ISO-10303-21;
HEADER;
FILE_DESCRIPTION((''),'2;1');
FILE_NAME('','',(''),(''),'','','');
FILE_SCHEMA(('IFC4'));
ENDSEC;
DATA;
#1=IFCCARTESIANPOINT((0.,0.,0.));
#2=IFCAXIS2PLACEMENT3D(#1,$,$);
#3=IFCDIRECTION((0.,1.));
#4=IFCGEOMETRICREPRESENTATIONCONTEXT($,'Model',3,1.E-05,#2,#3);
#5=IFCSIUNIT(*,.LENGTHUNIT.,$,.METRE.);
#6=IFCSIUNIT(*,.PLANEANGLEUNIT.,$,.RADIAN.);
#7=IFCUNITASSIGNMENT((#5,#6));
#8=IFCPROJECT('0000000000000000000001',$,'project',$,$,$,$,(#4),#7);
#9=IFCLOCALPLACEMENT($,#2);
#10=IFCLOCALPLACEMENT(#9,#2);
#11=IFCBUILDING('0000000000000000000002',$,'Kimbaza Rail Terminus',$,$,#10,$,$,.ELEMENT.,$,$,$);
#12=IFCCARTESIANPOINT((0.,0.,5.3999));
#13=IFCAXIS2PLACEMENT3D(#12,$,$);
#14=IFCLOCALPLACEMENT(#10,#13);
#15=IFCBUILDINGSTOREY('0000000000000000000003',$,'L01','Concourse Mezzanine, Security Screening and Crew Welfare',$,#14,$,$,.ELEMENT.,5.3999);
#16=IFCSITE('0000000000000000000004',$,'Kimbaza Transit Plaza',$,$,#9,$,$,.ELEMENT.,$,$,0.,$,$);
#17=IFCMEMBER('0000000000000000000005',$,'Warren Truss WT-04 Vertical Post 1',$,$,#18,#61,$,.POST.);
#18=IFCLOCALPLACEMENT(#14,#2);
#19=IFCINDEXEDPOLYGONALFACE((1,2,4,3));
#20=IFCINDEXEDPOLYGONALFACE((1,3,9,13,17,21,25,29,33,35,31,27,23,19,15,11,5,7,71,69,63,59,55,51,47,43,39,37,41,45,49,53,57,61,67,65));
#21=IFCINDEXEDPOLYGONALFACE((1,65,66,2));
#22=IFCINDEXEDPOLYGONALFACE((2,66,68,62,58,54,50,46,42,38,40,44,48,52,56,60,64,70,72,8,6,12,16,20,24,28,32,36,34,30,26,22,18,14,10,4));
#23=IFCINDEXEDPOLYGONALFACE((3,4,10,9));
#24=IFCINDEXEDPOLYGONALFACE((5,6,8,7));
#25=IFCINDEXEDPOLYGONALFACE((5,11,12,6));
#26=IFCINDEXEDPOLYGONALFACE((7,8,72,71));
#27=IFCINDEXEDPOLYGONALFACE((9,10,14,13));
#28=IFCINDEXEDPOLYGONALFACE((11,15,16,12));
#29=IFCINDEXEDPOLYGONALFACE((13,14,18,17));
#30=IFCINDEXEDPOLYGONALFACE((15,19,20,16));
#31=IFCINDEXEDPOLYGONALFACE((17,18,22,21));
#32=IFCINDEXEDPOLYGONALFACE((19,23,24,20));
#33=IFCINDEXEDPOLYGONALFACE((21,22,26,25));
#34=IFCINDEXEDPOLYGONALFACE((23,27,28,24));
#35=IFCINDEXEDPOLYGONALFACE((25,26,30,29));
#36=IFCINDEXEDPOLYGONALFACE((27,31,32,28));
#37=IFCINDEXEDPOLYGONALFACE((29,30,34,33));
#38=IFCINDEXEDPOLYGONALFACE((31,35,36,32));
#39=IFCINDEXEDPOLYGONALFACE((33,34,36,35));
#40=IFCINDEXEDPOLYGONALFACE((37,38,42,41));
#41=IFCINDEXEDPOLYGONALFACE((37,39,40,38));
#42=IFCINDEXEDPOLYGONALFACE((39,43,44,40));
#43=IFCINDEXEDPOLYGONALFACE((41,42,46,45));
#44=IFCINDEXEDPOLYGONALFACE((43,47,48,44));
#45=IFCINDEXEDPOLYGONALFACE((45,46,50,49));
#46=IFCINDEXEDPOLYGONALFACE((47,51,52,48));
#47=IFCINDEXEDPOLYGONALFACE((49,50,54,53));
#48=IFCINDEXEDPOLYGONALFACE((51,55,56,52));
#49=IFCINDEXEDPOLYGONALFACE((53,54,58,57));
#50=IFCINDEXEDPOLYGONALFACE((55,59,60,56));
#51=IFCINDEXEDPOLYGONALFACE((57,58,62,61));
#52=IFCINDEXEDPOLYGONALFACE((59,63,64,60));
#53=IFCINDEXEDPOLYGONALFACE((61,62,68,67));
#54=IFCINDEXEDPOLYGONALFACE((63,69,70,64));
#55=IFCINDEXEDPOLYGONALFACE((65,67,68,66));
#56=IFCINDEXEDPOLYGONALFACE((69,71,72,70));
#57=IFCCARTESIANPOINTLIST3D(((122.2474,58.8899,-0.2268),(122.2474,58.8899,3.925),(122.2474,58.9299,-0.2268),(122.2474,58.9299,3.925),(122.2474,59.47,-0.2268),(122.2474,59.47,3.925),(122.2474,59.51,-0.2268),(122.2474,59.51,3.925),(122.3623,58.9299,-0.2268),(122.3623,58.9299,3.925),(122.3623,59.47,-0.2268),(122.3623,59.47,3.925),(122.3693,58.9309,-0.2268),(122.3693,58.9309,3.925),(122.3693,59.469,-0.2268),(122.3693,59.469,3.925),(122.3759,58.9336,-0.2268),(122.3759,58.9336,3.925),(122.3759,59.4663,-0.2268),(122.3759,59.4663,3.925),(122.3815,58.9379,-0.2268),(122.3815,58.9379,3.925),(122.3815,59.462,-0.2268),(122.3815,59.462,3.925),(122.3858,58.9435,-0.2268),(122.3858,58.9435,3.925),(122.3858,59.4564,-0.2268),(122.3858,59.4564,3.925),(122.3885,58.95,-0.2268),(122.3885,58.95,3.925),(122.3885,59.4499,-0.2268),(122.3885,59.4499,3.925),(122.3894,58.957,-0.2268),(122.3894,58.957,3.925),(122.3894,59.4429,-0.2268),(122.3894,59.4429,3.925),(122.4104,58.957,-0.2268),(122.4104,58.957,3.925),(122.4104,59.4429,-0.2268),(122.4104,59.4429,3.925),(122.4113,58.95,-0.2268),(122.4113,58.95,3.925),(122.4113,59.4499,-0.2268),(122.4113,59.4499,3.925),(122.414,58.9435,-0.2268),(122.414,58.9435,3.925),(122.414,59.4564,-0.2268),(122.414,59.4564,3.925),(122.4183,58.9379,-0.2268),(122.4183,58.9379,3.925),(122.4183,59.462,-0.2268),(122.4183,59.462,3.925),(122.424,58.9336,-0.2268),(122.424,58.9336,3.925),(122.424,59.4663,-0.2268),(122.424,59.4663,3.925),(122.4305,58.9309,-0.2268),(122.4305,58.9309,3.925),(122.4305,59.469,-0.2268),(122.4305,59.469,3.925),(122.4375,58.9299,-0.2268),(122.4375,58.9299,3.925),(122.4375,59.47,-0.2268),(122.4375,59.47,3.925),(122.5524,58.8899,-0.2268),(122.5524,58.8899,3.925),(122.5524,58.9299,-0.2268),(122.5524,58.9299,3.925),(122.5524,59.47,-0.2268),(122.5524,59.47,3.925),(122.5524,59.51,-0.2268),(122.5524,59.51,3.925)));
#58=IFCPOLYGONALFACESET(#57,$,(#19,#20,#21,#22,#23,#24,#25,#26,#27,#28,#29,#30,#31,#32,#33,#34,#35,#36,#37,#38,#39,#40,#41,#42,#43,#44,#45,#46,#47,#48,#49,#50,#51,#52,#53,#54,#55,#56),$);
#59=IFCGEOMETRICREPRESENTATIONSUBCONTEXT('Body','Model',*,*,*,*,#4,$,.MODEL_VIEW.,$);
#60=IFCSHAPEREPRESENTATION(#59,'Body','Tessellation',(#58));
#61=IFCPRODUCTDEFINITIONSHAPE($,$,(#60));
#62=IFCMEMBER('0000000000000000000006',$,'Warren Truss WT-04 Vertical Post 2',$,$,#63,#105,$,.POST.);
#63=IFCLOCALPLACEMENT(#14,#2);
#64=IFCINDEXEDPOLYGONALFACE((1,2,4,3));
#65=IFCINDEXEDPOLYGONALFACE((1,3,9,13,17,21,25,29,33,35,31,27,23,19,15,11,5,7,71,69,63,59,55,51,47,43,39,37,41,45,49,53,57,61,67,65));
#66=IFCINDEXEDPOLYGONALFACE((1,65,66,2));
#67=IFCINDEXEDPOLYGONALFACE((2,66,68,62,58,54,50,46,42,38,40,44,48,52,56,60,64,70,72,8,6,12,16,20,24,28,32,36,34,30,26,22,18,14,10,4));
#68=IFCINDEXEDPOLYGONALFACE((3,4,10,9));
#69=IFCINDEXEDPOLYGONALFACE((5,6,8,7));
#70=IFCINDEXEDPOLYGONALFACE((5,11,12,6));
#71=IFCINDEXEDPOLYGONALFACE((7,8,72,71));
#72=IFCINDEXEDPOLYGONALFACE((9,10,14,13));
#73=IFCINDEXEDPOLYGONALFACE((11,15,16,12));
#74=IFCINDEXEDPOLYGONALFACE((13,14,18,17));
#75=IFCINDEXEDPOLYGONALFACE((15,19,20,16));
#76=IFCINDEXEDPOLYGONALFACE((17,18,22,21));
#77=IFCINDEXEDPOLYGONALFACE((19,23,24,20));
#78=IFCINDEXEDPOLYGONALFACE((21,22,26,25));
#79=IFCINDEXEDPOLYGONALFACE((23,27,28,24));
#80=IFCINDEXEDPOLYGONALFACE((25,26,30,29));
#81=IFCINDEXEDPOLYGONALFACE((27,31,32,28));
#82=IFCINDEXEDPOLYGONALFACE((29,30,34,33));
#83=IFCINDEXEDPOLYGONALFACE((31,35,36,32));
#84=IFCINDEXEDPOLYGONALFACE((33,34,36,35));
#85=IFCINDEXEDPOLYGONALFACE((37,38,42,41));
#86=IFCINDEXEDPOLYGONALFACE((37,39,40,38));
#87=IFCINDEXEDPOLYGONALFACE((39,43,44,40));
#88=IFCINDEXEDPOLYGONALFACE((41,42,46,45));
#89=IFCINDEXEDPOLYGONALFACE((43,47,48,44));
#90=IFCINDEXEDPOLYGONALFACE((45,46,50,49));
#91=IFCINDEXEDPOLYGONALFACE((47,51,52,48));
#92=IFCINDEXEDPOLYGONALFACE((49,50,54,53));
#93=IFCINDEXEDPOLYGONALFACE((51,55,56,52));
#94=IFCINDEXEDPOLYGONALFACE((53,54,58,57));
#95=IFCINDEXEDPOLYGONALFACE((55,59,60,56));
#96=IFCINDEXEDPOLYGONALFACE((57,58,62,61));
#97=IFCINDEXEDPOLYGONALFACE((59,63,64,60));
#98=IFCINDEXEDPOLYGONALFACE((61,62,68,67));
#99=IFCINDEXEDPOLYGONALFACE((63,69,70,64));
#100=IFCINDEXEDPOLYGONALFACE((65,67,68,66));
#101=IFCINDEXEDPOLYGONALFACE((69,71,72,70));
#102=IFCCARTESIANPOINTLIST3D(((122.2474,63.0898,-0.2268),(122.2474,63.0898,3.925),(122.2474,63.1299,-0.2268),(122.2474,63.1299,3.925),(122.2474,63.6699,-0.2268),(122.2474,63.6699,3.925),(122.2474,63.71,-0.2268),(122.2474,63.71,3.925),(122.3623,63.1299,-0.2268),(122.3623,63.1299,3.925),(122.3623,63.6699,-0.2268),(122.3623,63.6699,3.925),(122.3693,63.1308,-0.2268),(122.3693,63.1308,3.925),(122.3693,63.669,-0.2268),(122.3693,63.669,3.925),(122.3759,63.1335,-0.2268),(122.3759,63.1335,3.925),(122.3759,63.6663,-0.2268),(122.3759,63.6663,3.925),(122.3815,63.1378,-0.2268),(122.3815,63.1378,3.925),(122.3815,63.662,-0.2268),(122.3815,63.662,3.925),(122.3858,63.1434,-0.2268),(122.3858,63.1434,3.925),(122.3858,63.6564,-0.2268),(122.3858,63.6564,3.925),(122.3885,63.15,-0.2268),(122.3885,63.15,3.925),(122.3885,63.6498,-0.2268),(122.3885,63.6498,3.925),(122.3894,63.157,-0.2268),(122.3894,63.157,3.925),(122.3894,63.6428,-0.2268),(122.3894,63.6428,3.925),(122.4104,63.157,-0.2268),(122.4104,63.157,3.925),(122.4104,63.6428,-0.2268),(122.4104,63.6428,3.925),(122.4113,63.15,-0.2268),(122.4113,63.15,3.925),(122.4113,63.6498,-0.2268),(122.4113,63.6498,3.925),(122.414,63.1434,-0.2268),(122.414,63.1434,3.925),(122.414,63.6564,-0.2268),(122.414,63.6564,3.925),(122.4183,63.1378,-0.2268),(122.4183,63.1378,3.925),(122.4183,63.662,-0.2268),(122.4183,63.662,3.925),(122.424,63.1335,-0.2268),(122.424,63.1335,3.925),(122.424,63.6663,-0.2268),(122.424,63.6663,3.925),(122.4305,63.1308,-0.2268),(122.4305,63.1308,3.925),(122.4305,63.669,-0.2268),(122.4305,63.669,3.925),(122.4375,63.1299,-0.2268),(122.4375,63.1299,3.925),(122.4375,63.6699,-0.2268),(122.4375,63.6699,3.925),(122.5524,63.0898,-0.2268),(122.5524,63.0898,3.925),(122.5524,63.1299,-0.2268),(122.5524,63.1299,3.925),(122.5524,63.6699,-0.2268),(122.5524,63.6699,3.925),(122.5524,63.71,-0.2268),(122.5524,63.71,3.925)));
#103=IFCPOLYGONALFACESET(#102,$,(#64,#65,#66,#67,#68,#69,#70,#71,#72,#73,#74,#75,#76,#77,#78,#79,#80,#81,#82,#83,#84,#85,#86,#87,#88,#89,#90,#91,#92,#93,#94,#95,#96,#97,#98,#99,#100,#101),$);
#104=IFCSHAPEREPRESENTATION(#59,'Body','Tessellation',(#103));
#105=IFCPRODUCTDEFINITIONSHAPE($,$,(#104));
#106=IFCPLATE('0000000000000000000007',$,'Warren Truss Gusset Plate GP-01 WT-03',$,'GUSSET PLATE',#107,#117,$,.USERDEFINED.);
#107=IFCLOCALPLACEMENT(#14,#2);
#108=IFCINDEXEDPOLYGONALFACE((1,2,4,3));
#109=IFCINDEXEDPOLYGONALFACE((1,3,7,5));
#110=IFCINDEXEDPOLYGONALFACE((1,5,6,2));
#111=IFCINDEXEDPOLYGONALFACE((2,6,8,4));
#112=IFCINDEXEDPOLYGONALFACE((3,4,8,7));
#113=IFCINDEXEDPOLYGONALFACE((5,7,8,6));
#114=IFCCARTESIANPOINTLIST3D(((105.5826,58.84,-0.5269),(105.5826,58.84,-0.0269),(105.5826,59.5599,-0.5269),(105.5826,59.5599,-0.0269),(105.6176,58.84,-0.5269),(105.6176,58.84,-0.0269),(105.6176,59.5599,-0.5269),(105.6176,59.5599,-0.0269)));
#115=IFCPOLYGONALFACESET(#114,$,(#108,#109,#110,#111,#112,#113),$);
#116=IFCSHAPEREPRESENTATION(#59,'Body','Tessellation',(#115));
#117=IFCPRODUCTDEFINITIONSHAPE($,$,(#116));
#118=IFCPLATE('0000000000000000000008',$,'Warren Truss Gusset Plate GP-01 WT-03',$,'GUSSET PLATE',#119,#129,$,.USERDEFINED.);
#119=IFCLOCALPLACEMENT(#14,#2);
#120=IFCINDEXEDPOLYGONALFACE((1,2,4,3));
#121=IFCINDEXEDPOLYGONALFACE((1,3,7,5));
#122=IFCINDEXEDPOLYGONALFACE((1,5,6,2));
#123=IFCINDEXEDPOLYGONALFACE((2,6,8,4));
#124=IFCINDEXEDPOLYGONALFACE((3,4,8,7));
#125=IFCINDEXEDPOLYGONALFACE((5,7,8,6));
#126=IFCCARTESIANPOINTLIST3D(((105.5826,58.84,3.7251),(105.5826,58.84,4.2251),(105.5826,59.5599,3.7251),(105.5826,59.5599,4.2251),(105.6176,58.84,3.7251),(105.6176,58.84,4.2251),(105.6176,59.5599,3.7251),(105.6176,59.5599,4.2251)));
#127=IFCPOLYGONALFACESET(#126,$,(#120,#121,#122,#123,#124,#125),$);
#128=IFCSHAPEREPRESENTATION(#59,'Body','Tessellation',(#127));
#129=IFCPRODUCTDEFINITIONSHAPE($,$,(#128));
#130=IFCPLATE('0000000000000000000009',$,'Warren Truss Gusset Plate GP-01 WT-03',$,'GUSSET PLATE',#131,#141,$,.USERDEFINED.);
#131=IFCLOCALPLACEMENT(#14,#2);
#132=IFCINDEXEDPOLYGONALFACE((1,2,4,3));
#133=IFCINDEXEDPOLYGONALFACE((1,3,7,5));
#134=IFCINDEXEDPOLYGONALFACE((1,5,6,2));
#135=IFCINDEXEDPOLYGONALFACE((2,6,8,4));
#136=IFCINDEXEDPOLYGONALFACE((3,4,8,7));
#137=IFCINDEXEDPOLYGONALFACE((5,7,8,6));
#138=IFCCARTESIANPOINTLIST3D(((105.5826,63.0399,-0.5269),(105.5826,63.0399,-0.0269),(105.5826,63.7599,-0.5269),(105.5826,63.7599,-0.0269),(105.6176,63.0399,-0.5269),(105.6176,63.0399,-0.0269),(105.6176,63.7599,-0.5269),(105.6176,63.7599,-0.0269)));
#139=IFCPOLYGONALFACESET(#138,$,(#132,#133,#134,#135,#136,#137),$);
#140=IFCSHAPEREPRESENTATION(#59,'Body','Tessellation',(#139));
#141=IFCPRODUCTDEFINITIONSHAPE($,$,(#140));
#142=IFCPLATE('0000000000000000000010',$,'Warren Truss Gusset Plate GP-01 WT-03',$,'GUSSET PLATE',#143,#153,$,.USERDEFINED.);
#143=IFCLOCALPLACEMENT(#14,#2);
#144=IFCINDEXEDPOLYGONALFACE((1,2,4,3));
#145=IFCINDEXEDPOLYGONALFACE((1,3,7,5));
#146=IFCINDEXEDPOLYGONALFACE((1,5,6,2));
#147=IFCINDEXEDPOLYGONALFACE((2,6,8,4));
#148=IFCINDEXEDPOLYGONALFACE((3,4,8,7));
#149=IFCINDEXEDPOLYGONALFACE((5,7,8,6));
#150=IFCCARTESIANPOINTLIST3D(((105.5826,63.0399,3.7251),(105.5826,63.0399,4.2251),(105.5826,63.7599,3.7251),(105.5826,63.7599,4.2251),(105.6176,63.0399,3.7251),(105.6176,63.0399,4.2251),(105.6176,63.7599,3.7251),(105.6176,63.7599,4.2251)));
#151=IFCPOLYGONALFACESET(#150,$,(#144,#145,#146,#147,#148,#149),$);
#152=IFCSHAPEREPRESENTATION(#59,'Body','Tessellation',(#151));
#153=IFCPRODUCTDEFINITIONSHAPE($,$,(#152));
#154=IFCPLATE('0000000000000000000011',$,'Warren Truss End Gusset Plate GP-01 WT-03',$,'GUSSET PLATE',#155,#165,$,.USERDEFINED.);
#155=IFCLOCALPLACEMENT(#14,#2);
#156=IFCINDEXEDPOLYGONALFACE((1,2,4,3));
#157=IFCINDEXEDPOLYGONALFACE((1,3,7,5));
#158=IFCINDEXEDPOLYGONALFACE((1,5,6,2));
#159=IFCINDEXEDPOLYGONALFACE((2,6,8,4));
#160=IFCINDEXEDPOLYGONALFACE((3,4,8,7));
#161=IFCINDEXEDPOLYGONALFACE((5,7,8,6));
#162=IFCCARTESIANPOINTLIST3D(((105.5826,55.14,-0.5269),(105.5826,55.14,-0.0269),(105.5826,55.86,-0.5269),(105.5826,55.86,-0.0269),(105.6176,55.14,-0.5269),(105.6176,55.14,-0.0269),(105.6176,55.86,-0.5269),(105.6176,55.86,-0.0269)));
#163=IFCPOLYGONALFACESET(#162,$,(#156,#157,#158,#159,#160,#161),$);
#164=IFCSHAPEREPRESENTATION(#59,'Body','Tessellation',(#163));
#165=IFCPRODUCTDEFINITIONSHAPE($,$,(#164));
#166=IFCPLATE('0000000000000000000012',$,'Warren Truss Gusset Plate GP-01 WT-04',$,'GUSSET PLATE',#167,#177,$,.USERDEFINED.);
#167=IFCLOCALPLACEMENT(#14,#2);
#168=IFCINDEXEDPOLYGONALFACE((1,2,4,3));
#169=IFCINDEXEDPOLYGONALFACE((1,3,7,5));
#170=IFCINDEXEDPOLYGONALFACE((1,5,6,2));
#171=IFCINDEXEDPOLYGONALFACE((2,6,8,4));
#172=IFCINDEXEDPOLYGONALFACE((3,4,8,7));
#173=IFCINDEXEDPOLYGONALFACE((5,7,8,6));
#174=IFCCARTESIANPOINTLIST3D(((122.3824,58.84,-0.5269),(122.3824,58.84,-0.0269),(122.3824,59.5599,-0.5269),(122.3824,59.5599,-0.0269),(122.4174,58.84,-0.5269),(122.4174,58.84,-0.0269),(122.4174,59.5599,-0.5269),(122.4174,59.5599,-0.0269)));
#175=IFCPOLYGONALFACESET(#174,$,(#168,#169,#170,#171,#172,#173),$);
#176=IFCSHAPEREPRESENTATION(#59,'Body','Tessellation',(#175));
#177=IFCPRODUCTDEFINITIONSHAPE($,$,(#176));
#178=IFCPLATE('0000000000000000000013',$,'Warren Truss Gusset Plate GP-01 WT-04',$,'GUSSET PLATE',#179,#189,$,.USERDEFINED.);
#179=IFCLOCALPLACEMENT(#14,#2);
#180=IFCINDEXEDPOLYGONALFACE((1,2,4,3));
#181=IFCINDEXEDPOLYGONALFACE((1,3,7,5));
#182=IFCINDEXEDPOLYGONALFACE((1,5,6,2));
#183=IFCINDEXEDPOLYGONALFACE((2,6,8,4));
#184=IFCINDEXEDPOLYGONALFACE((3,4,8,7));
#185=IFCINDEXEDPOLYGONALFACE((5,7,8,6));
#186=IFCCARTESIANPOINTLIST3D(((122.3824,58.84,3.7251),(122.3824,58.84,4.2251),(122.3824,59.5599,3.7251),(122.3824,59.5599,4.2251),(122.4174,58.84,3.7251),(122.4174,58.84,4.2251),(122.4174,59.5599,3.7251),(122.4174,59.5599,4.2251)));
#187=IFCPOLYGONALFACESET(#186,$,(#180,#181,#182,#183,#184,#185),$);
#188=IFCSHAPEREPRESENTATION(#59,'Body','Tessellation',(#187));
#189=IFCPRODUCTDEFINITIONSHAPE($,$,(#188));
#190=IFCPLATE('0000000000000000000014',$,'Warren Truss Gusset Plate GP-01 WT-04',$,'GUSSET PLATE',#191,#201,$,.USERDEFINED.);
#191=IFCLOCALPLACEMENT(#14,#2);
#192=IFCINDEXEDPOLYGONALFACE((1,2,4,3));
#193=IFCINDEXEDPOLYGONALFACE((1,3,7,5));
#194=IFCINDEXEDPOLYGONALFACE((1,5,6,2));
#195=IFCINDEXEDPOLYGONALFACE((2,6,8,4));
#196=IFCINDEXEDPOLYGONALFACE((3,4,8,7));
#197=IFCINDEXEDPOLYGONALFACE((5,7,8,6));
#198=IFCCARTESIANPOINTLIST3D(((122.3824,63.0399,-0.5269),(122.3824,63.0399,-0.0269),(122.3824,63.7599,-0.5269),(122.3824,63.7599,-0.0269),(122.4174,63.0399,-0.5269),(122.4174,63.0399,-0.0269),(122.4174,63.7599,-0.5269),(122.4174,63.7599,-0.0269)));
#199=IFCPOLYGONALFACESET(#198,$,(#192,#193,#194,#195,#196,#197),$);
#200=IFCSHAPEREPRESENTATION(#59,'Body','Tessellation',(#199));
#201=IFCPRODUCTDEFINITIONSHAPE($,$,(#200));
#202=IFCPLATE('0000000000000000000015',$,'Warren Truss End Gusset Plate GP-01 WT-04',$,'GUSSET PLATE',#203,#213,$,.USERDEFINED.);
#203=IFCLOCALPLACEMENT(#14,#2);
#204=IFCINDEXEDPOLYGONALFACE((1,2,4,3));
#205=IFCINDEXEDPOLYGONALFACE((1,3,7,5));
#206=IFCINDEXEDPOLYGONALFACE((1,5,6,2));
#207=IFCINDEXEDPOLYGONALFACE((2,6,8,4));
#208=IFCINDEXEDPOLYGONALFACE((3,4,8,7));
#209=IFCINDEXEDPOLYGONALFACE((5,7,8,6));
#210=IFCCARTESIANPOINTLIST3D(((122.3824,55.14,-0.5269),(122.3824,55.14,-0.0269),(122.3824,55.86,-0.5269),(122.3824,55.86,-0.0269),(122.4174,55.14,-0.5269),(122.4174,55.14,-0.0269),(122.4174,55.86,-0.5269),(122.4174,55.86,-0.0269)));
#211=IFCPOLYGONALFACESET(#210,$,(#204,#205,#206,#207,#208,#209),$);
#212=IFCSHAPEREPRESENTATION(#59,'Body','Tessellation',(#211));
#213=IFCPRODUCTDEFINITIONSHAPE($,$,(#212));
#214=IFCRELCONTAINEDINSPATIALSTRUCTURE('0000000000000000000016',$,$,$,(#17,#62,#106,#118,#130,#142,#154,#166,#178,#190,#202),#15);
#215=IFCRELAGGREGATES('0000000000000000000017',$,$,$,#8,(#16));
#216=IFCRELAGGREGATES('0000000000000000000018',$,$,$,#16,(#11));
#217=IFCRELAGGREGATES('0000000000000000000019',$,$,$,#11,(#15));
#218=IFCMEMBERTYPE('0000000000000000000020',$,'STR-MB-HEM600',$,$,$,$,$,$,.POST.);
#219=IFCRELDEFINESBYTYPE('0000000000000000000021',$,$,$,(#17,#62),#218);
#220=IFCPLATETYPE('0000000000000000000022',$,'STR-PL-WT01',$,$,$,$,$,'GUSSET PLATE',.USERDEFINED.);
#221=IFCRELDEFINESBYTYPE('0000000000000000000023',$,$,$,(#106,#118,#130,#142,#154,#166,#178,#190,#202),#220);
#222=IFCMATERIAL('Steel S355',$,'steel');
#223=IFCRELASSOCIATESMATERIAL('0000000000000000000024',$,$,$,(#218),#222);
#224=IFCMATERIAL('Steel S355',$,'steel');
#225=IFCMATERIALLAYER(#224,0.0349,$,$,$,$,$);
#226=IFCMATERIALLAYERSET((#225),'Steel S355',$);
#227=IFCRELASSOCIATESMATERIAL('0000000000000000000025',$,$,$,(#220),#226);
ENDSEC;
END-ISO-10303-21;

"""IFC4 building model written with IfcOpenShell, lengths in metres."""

from ifc_helpers import new_model, si_unit, direction, frame, origin, origin_2d, place, context, subcontext, project, spatial, rectangle, i_section, extrude, material, layer, layer_set, material_profile, profile_set, type_object, element, save


model = new_model("IFC4")

# Units and contexts
model_context = context("Model", 3, precision=1e-05, world=origin(), true_north=direction((0.0, 1.0)))
body_context = subcontext(model_context, "Body", "Model", "MODEL_VIEW")
ifc_project = project(units=[si_unit("LENGTHUNIT", "METRE"), si_unit("PLANEANGLEUNIT", "RADIAN")], contexts=[model_context])

# Site, building, storey
site_placement = place(None, origin())
site = spatial("IfcSite", under=ifc_project, at=site_placement, Name="Kimbaza Transit Plaza", CompositionType="ELEMENT", RefElevation=0.0)
building_placement = place(site_placement, origin())
building = spatial("IfcBuilding", under=site, at=building_placement, Name="Kimbaza Rail Terminus", CompositionType="ELEMENT")
storey_placement = place(building_placement, frame((0.0, 0.0, 5.3999)))
storey = spatial("IfcBuildingStorey", under=building, at=storey_placement, Name="L01", Description="Concourse Mezzanine, Security Screening and Crew Welfare", CompositionType="ELEMENT", Elevation=5.3999)

# Members
ifc_material_1 = material(Name="Steel S355", Category="steel")
ifc_material_profile_1 = material_profile(ifc_material_1, i_section(OverallWidth=0.3049, OverallDepth=0.6201, WebThickness=0.021, FlangeThickness=0.04, FilletRadius=0.0271, at=origin_2d()), Name="HEM 600")
ifc_profile_set_1 = profile_set([ifc_material_profile_1], Name="Steel S355")
member_type_1 = type_object("IfcMemberType", Name="STR-MB-HEM600", PredefinedType="POST", material=ifc_profile_set_1)
for number, where, z_axis, x_axis, name in (
    (1, (122.3999, 59.2, -0.2268), (0.0, 0.0, 1.0), (1.0, 0.0, 0.0), "Warren Truss WT-04 Vertical Post 1"),
    (2, (122.3999, 63.3999, -0.2268), (0.0, 0.0, 1.0), (1.0, 0.0, 0.0), "Warren Truss WT-04 Vertical Post 2"),
):
    element("IfcMember", number, at=place(storey_placement, frame(where, z_axis=z_axis, x_axis=x_axis)), inside=storey, type_object=member_type_1, Name=name, PredefinedType="POST", context=body_context, shape_type="SweptSolid", body=[
        extrude(i_section(OverallWidth=0.3049, OverallDepth=0.6201, WebThickness=0.021, FlangeThickness=0.04, FilletRadius=0.0271, at=origin_2d()), origin(), (0.0, 0.0, 1.0), 4.1519),
    ])

# Plates
ifc_material_2 = material(Name="Steel S355", Category="steel")
ifc_layer_1 = layer(ifc_material_2, 0.0349)
ifc_layer_set_1 = layer_set([ifc_layer_1], Name="Steel S355")
plate_type = type_object("IfcPlateType", Name="STR-PL-WT01", ElementType="GUSSET PLATE", PredefinedType="USERDEFINED", material=ifc_layer_set_1)
for number, where, z_axis, x_axis, name in (
    (3, (105.6001, 59.2, -0.5269), (0.0, 0.0, 1.0), (1.0, 0.0, 0.0), "Warren Truss Gusset Plate GP-01 WT-03"),
    (4, (105.6001, 59.2, 3.7251), (0.0, 0.0, 1.0), (1.0, 0.0, 0.0), "Warren Truss Gusset Plate GP-01 WT-03"),
    (5, (105.6001, 63.3999, -0.5269), (0.0, 0.0, 1.0), (1.0, 0.0, 0.0), "Warren Truss Gusset Plate GP-01 WT-03"),
    (6, (105.6001, 63.3999, 3.7251), (0.0, 0.0, 1.0), (1.0, 0.0, 0.0), "Warren Truss Gusset Plate GP-01 WT-03"),
    (7, (105.6001, 55.5, -0.5269), (0.0, 0.0, 1.0), (1.0, 0.0, 0.0), "Warren Truss End Gusset Plate GP-01 WT-03"),
    (8, (122.3999, 59.2, -0.5269), (0.0, 0.0, 1.0), (1.0, 0.0, 0.0), "Warren Truss Gusset Plate GP-01 WT-04"),
    (9, (122.3999, 59.2, 3.7251), (0.0, 0.0, 1.0), (1.0, 0.0, 0.0), "Warren Truss Gusset Plate GP-01 WT-04"),
    (10, (122.3999, 63.3999, -0.5269), (0.0, 0.0, 1.0), (1.0, 0.0, 0.0), "Warren Truss Gusset Plate GP-01 WT-04"),
    (11, (122.3999, 55.5, -0.5269), (0.0, 0.0, 1.0), (1.0, 0.0, 0.0), "Warren Truss End Gusset Plate GP-01 WT-04"),
):
    element("IfcPlate", number, at=place(storey_placement, frame(where, z_axis=z_axis, x_axis=x_axis)), inside=storey, type_object=plate_type, Name=name, ObjectType="GUSSET PLATE", PredefinedType="USERDEFINED", context=body_context, shape_type="SweptSolid", body=[
        extrude(rectangle(XDim=0.0349, YDim=0.72, at=origin_2d()), origin(), (0.0, 0.0, 1.0), 0.5),
    ])

save(model, "model.ifc")
